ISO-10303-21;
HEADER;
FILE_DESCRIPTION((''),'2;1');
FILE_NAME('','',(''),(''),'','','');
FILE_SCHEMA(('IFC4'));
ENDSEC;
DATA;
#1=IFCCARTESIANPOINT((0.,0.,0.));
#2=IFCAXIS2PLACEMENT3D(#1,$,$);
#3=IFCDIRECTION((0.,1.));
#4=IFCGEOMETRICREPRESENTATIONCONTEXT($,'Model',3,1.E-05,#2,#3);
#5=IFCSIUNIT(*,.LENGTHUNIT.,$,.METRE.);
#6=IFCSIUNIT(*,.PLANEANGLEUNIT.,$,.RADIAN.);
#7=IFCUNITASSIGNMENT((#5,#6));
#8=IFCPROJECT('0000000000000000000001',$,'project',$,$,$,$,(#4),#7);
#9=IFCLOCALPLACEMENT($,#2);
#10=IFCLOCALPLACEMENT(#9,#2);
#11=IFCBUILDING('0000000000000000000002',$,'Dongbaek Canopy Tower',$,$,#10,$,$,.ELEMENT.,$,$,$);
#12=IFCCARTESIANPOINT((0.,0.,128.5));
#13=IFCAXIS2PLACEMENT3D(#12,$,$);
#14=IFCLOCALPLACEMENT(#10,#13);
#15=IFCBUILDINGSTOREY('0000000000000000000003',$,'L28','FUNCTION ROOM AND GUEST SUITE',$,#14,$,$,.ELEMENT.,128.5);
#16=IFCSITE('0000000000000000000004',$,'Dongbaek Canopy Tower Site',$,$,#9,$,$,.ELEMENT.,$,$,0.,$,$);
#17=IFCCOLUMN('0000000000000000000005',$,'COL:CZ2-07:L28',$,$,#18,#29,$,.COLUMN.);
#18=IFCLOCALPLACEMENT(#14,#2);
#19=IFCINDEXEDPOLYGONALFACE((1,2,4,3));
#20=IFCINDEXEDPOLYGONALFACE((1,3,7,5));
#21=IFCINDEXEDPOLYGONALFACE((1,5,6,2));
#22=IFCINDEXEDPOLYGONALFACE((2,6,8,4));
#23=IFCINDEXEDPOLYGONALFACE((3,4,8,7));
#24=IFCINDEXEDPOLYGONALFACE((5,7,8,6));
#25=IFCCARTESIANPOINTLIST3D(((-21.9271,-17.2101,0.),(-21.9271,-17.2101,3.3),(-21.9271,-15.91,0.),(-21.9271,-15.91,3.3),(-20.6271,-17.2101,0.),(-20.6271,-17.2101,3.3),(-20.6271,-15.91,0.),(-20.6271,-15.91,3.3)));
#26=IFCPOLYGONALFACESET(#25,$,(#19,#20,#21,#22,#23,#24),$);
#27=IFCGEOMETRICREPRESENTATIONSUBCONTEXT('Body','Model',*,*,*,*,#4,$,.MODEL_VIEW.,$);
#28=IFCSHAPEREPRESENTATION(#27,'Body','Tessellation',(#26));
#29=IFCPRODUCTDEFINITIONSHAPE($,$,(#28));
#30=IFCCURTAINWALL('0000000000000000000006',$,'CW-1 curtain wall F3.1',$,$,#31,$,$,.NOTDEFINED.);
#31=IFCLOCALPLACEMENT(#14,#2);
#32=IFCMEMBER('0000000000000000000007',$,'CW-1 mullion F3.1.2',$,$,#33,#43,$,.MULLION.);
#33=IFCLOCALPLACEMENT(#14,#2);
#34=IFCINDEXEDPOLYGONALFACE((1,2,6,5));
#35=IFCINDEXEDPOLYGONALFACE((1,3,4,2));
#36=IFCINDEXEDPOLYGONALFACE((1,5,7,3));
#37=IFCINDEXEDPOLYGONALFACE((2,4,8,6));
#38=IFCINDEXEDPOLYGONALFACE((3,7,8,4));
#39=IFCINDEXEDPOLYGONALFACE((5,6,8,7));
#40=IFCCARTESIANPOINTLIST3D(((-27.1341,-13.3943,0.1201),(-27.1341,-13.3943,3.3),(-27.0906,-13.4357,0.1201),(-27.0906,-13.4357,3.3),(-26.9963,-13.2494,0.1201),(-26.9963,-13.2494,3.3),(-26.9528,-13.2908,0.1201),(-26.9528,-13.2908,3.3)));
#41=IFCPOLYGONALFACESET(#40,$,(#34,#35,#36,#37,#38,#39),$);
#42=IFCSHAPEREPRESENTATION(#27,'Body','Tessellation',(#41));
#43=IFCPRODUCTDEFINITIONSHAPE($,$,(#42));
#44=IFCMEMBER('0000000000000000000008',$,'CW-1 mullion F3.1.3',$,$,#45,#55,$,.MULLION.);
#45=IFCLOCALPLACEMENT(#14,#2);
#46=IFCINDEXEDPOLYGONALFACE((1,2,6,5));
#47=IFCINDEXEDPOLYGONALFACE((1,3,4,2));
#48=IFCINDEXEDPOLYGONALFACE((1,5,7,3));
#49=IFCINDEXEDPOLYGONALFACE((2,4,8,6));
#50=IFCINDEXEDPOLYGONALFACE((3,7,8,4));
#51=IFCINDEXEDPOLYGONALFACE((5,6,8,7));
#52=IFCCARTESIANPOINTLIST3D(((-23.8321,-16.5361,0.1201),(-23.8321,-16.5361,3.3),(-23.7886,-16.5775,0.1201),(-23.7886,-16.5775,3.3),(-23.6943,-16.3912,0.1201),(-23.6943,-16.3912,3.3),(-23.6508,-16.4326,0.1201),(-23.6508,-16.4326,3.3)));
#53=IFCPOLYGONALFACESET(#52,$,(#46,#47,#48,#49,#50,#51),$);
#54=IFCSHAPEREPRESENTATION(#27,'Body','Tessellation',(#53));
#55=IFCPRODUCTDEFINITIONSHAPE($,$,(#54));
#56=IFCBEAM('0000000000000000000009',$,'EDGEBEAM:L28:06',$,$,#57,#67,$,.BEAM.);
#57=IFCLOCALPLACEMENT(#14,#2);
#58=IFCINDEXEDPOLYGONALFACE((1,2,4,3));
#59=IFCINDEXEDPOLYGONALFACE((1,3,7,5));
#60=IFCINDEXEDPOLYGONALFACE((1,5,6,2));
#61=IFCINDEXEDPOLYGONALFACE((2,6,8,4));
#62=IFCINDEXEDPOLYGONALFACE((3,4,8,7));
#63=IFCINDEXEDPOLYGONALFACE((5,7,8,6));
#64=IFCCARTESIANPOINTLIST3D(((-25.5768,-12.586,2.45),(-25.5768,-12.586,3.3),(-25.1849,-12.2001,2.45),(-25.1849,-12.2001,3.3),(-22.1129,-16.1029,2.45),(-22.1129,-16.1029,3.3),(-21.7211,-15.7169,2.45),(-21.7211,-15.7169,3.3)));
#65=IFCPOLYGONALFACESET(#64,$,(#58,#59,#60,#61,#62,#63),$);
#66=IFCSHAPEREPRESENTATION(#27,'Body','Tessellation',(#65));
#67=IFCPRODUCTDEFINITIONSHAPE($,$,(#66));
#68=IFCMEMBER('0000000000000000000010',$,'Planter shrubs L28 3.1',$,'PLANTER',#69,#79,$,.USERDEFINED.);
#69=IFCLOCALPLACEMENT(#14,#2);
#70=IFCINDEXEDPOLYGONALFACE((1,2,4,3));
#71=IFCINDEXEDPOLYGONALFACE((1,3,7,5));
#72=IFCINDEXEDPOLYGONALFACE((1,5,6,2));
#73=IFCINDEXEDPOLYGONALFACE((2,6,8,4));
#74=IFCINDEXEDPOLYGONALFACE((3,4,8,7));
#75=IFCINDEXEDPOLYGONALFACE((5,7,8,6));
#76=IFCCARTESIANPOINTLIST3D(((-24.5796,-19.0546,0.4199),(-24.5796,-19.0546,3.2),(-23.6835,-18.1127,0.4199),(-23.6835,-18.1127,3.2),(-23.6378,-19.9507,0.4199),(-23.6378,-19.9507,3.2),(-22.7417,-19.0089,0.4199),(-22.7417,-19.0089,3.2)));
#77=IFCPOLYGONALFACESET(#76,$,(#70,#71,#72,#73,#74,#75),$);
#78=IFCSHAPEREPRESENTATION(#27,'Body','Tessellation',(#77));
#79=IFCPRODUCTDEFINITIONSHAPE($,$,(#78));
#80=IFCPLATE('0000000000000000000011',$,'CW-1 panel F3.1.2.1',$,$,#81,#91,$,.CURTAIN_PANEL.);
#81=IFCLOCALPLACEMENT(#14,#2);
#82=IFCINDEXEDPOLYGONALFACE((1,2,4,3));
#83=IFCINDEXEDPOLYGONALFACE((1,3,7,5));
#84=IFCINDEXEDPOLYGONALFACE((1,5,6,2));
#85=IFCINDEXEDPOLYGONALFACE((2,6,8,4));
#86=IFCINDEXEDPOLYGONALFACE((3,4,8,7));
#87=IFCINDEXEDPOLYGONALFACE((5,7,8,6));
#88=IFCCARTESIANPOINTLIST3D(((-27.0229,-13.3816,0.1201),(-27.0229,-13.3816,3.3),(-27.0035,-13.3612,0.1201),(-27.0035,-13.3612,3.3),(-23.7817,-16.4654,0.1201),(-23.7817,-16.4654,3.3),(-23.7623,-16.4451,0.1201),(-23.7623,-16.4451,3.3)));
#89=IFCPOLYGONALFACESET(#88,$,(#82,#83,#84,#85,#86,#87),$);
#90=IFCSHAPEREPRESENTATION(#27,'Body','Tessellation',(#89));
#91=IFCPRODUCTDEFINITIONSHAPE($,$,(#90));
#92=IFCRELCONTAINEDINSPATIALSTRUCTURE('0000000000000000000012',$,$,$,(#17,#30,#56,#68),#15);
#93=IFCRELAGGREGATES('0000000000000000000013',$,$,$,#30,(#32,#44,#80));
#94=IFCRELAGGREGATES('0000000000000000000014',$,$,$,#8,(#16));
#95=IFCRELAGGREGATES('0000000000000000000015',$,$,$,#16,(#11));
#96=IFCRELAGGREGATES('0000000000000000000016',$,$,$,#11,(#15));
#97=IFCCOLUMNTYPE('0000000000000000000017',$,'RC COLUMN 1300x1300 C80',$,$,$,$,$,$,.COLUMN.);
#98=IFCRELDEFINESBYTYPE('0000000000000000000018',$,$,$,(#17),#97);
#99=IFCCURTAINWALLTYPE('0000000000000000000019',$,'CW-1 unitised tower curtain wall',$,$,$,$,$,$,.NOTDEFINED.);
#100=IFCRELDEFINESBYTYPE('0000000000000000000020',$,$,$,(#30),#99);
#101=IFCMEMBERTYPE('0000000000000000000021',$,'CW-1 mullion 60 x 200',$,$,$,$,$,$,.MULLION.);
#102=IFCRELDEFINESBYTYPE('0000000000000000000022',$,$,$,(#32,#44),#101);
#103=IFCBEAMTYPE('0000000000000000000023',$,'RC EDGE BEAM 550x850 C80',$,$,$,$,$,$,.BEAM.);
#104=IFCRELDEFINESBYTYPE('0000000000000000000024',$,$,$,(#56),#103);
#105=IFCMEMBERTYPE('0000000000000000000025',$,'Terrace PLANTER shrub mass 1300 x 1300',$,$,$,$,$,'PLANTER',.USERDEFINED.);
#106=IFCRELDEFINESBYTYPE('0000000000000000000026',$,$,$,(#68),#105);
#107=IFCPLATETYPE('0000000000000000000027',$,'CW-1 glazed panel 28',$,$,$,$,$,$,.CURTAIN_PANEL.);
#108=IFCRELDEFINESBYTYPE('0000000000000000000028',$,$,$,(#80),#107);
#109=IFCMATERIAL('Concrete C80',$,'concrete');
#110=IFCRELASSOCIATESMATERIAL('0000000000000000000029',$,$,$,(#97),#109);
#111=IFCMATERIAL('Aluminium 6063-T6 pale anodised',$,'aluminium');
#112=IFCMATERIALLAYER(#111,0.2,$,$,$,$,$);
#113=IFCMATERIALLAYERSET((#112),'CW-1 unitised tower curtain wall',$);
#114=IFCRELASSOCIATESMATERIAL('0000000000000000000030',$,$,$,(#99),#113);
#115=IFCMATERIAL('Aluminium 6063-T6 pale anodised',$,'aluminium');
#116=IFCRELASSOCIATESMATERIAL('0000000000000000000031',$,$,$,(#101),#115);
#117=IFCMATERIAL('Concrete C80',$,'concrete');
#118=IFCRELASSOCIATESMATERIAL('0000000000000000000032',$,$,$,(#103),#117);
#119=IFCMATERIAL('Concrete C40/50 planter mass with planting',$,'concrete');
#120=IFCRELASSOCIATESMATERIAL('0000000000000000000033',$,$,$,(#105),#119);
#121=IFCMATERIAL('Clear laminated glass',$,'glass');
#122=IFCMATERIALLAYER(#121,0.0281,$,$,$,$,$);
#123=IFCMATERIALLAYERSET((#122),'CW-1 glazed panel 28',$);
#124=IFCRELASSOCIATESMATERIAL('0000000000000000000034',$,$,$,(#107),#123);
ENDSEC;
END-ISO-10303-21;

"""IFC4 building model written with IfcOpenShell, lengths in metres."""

from ifc_helpers import new_model, si_unit, direction, frame, origin, origin_2d, place, context, subcontext, project, spatial, rectangle, extrude, material, layer, layer_set, material_profile, profile_set, type_object, element, aggregate, save


model = new_model("IFC4")

# Units and contexts
model_context = context("Model", 3, precision=1e-05, world=origin(), true_north=direction((0.0, 1.0)))
body_context = subcontext(model_context, "Body", "Model", "MODEL_VIEW")
ifc_project = project(units=[si_unit("LENGTHUNIT", "METRE"), si_unit("PLANEANGLEUNIT", "RADIAN")], contexts=[model_context])

# Site, building, storey
site_placement = place(None, origin())
site = spatial("IfcSite", under=ifc_project, at=site_placement, Name="Dongbaek Canopy Tower Site", CompositionType="ELEMENT", RefElevation=0.0)
building_placement = place(site_placement, origin())
building = spatial("IfcBuilding", under=site, at=building_placement, Name="Dongbaek Canopy Tower", CompositionType="ELEMENT")
storey_placement = place(building_placement, frame((0.0, 0.0, 128.5)))
storey = spatial("IfcBuildingStorey", under=building, at=storey_placement, Name="L28", Description="FUNCTION ROOM AND GUEST SUITE", CompositionType="ELEMENT", Elevation=128.5)

# Column
ifc_material_1 = material(Name="Concrete C80", Category="concrete")
ifc_material_profile_1 = material_profile(ifc_material_1, rectangle(XDim=1.3, YDim=1.3, at=origin_2d()), Name="RC COLUMN 1300x1300 C80")
ifc_profile_set_1 = profile_set([ifc_material_profile_1], Name="Concrete C80")
column_type = type_object("IfcColumnType", Name="RC COLUMN 1300x1300 C80", PredefinedType="COLUMN", material=ifc_profile_set_1)
column_placement = place(storey_placement, frame((-21.2771, -16.5601, 0.0), z_axis=(0.0, 0.0, 1.0), x_axis=(1.0, 0.0, 0.0)))
element("IfcColumn", 1, at=column_placement, inside=storey, type_object=column_type, Name="COL:CZ2-07:L28", PredefinedType="COLUMN", context=body_context, shape_type="SweptSolid", body=[
    extrude(rectangle(XDim=1.3, YDim=1.3, at=origin_2d()), origin(), (0.0, 0.0, 1.0), 3.3),
])

# Curtain wall, members
ifc_material_2 = material(Name="Aluminium 6063-T6 pale anodised", Category="aluminium")
ifc_layer_1 = layer(ifc_material_2, 0.2)
ifc_layer_set_1 = layer_set([ifc_layer_1], Name="CW-1 unitised tower curtain wall")
curtain_wall_type = type_object("IfcCurtainWallType", Name="CW-1 unitised tower curtain wall", PredefinedType="NOTDEFINED", material=ifc_layer_set_1)
curtain_wall_placement = place(storey_placement, origin())
curtain_wall = element("IfcCurtainWall", 2, at=curtain_wall_placement, inside=storey, type_object=curtain_wall_type, Name="CW-1 curtain wall F3.1", PredefinedType="NOTDEFINED")
ifc_material_3 = material(Name="Aluminium 6063-T6 pale anodised", Category="aluminium")
ifc_material_profile_2 = material_profile(ifc_material_3, rectangle(XDim=0.2, YDim=0.0601, at=origin_2d()), Name="CW-1 mullion 60 x 200")
ifc_profile_set_2 = profile_set([ifc_material_profile_2], Name="Aluminium 6063-T6 pale anodised")
member_type_1 = type_object("IfcMemberType", Name="CW-1 mullion 60 x 200", PredefinedType="MULLION", material=ifc_profile_set_2)
member_1_placement = place(storey_placement, frame((-27.0435, -13.3425, 0.1201), z_axis=(0.0, 0.0, 1.0), x_axis=(-0.689302, -0.724474, 0.0)))
member_1 = element("IfcMember", 3, at=member_1_placement, type_object=member_type_1, Name="CW-1 mullion F3.1.2", PredefinedType="MULLION", context=body_context, shape_type="SweptSolid", body=[
    extrude(rectangle(XDim=0.2, YDim=0.0601, at=origin_2d()), origin(), (0.0, 0.0, 1.0), 3.1799),
])
member_2_placement = place(storey_placement, frame((-23.7415, -16.4844, 0.1201), z_axis=(0.0, 0.0, 1.0), x_axis=(-0.689302, -0.724474, 0.0)))
member_2 = element("IfcMember", 4, at=member_2_placement, type_object=member_type_1, Name="CW-1 mullion F3.1.3", PredefinedType="MULLION", context=body_context, shape_type="SweptSolid", body=[
    extrude(rectangle(XDim=0.2, YDim=0.0601, at=origin_2d()), origin(), (0.0, 0.0, 1.0), 3.1799),
])

# Beam
ifc_material_4 = material(Name="Concrete C80", Category="concrete")
ifc_material_profile_3 = material_profile(ifc_material_4, rectangle(XDim=0.55, YDim=0.8501, at=origin_2d()), Name="RC EDGE BEAM 550x850 C80")
ifc_profile_set_3 = profile_set([ifc_material_profile_3], Name="Concrete C80")
beam_type = type_object("IfcBeamType", Name="RC EDGE BEAM 550x850 C80", PredefinedType="BEAM", material=ifc_profile_set_3)
beam_placement = place(storey_placement, frame((-21.917, -15.9099, 2.875), z_axis=(-0.70172, 0.712453, 0.0), x_axis=(-0.712453, -0.70172, 0.0)))
element("IfcBeam", 5, at=beam_placement, inside=storey, type_object=beam_type, Name="EDGEBEAM:L28:06", PredefinedType="BEAM", context=body_context, shape_type="SweptSolid", body=[
    extrude(rectangle(XDim=0.55, YDim=0.8501, at=origin_2d()), origin(), (0.0, 0.0, 1.0), 4.9363),
])

# Member
ifc_material_5 = material(Name="Concrete C40/50 planter mass with planting", Category="concrete")
ifc_material_profile_4 = material_profile(ifc_material_5, rectangle(XDim=1.3, YDim=1.3, at=origin_2d()), Name="Terrace PLANTER shrub mass 1300 x 1300")
ifc_profile_set_4 = profile_set([ifc_material_profile_4], Name="Concrete C40/50 planter mass with planting")
member_type_2 = type_object("IfcMemberType", Name="Terrace PLANTER shrub mass 1300 x 1300", ElementType="PLANTER", PredefinedType="USERDEFINED", material=ifc_profile_set_4)
member_3_placement = place(storey_placement, frame((-23.6606, -19.0317, 0.4199), z_axis=(0.0, 0.0, 1.0), x_axis=(-0.689302, -0.724474, 0.0)))
element("IfcMember", 6, at=member_3_placement, inside=storey, type_object=member_type_2, Name="Planter shrubs L28 3.1", ObjectType="PLANTER", PredefinedType="USERDEFINED", context=body_context, shape_type="SweptSolid", body=[
    extrude(rectangle(XDim=1.3, YDim=1.3, at=origin_2d()), origin(), (0.0, 0.0, 1.0), 2.78),
])

# Plate
ifc_material_6 = material(Name="Clear laminated glass", Category="glass")
ifc_layer_2 = layer(ifc_material_6, 0.0281)
ifc_layer_set_2 = layer_set([ifc_layer_2], Name="CW-1 glazed panel 28")
plate_type = type_object("IfcPlateType", Name="CW-1 glazed panel 28", PredefinedType="CURTAIN_PANEL", material=ifc_layer_set_2)
plate_placement = place(storey_placement, frame((-25.3926, -14.9133, 0.1201), z_axis=(0.0, 0.0, 1.0), x_axis=(0.724474, -0.689302, 0.0)))
plate = element("IfcPlate", 7, at=plate_placement, type_object=plate_type, Name="CW-1 panel F3.1.2.1", PredefinedType="CURTAIN_PANEL", context=body_context, shape_type="SweptSolid", body=[
    extrude(rectangle(XDim=4.4739, YDim=0.0281, at=origin_2d()), origin(), (0.0, 0.0, 1.0), 3.1799),
])

aggregate(curtain_wall, [member_1, member_2, plate])

save(model, "model.ifc")
